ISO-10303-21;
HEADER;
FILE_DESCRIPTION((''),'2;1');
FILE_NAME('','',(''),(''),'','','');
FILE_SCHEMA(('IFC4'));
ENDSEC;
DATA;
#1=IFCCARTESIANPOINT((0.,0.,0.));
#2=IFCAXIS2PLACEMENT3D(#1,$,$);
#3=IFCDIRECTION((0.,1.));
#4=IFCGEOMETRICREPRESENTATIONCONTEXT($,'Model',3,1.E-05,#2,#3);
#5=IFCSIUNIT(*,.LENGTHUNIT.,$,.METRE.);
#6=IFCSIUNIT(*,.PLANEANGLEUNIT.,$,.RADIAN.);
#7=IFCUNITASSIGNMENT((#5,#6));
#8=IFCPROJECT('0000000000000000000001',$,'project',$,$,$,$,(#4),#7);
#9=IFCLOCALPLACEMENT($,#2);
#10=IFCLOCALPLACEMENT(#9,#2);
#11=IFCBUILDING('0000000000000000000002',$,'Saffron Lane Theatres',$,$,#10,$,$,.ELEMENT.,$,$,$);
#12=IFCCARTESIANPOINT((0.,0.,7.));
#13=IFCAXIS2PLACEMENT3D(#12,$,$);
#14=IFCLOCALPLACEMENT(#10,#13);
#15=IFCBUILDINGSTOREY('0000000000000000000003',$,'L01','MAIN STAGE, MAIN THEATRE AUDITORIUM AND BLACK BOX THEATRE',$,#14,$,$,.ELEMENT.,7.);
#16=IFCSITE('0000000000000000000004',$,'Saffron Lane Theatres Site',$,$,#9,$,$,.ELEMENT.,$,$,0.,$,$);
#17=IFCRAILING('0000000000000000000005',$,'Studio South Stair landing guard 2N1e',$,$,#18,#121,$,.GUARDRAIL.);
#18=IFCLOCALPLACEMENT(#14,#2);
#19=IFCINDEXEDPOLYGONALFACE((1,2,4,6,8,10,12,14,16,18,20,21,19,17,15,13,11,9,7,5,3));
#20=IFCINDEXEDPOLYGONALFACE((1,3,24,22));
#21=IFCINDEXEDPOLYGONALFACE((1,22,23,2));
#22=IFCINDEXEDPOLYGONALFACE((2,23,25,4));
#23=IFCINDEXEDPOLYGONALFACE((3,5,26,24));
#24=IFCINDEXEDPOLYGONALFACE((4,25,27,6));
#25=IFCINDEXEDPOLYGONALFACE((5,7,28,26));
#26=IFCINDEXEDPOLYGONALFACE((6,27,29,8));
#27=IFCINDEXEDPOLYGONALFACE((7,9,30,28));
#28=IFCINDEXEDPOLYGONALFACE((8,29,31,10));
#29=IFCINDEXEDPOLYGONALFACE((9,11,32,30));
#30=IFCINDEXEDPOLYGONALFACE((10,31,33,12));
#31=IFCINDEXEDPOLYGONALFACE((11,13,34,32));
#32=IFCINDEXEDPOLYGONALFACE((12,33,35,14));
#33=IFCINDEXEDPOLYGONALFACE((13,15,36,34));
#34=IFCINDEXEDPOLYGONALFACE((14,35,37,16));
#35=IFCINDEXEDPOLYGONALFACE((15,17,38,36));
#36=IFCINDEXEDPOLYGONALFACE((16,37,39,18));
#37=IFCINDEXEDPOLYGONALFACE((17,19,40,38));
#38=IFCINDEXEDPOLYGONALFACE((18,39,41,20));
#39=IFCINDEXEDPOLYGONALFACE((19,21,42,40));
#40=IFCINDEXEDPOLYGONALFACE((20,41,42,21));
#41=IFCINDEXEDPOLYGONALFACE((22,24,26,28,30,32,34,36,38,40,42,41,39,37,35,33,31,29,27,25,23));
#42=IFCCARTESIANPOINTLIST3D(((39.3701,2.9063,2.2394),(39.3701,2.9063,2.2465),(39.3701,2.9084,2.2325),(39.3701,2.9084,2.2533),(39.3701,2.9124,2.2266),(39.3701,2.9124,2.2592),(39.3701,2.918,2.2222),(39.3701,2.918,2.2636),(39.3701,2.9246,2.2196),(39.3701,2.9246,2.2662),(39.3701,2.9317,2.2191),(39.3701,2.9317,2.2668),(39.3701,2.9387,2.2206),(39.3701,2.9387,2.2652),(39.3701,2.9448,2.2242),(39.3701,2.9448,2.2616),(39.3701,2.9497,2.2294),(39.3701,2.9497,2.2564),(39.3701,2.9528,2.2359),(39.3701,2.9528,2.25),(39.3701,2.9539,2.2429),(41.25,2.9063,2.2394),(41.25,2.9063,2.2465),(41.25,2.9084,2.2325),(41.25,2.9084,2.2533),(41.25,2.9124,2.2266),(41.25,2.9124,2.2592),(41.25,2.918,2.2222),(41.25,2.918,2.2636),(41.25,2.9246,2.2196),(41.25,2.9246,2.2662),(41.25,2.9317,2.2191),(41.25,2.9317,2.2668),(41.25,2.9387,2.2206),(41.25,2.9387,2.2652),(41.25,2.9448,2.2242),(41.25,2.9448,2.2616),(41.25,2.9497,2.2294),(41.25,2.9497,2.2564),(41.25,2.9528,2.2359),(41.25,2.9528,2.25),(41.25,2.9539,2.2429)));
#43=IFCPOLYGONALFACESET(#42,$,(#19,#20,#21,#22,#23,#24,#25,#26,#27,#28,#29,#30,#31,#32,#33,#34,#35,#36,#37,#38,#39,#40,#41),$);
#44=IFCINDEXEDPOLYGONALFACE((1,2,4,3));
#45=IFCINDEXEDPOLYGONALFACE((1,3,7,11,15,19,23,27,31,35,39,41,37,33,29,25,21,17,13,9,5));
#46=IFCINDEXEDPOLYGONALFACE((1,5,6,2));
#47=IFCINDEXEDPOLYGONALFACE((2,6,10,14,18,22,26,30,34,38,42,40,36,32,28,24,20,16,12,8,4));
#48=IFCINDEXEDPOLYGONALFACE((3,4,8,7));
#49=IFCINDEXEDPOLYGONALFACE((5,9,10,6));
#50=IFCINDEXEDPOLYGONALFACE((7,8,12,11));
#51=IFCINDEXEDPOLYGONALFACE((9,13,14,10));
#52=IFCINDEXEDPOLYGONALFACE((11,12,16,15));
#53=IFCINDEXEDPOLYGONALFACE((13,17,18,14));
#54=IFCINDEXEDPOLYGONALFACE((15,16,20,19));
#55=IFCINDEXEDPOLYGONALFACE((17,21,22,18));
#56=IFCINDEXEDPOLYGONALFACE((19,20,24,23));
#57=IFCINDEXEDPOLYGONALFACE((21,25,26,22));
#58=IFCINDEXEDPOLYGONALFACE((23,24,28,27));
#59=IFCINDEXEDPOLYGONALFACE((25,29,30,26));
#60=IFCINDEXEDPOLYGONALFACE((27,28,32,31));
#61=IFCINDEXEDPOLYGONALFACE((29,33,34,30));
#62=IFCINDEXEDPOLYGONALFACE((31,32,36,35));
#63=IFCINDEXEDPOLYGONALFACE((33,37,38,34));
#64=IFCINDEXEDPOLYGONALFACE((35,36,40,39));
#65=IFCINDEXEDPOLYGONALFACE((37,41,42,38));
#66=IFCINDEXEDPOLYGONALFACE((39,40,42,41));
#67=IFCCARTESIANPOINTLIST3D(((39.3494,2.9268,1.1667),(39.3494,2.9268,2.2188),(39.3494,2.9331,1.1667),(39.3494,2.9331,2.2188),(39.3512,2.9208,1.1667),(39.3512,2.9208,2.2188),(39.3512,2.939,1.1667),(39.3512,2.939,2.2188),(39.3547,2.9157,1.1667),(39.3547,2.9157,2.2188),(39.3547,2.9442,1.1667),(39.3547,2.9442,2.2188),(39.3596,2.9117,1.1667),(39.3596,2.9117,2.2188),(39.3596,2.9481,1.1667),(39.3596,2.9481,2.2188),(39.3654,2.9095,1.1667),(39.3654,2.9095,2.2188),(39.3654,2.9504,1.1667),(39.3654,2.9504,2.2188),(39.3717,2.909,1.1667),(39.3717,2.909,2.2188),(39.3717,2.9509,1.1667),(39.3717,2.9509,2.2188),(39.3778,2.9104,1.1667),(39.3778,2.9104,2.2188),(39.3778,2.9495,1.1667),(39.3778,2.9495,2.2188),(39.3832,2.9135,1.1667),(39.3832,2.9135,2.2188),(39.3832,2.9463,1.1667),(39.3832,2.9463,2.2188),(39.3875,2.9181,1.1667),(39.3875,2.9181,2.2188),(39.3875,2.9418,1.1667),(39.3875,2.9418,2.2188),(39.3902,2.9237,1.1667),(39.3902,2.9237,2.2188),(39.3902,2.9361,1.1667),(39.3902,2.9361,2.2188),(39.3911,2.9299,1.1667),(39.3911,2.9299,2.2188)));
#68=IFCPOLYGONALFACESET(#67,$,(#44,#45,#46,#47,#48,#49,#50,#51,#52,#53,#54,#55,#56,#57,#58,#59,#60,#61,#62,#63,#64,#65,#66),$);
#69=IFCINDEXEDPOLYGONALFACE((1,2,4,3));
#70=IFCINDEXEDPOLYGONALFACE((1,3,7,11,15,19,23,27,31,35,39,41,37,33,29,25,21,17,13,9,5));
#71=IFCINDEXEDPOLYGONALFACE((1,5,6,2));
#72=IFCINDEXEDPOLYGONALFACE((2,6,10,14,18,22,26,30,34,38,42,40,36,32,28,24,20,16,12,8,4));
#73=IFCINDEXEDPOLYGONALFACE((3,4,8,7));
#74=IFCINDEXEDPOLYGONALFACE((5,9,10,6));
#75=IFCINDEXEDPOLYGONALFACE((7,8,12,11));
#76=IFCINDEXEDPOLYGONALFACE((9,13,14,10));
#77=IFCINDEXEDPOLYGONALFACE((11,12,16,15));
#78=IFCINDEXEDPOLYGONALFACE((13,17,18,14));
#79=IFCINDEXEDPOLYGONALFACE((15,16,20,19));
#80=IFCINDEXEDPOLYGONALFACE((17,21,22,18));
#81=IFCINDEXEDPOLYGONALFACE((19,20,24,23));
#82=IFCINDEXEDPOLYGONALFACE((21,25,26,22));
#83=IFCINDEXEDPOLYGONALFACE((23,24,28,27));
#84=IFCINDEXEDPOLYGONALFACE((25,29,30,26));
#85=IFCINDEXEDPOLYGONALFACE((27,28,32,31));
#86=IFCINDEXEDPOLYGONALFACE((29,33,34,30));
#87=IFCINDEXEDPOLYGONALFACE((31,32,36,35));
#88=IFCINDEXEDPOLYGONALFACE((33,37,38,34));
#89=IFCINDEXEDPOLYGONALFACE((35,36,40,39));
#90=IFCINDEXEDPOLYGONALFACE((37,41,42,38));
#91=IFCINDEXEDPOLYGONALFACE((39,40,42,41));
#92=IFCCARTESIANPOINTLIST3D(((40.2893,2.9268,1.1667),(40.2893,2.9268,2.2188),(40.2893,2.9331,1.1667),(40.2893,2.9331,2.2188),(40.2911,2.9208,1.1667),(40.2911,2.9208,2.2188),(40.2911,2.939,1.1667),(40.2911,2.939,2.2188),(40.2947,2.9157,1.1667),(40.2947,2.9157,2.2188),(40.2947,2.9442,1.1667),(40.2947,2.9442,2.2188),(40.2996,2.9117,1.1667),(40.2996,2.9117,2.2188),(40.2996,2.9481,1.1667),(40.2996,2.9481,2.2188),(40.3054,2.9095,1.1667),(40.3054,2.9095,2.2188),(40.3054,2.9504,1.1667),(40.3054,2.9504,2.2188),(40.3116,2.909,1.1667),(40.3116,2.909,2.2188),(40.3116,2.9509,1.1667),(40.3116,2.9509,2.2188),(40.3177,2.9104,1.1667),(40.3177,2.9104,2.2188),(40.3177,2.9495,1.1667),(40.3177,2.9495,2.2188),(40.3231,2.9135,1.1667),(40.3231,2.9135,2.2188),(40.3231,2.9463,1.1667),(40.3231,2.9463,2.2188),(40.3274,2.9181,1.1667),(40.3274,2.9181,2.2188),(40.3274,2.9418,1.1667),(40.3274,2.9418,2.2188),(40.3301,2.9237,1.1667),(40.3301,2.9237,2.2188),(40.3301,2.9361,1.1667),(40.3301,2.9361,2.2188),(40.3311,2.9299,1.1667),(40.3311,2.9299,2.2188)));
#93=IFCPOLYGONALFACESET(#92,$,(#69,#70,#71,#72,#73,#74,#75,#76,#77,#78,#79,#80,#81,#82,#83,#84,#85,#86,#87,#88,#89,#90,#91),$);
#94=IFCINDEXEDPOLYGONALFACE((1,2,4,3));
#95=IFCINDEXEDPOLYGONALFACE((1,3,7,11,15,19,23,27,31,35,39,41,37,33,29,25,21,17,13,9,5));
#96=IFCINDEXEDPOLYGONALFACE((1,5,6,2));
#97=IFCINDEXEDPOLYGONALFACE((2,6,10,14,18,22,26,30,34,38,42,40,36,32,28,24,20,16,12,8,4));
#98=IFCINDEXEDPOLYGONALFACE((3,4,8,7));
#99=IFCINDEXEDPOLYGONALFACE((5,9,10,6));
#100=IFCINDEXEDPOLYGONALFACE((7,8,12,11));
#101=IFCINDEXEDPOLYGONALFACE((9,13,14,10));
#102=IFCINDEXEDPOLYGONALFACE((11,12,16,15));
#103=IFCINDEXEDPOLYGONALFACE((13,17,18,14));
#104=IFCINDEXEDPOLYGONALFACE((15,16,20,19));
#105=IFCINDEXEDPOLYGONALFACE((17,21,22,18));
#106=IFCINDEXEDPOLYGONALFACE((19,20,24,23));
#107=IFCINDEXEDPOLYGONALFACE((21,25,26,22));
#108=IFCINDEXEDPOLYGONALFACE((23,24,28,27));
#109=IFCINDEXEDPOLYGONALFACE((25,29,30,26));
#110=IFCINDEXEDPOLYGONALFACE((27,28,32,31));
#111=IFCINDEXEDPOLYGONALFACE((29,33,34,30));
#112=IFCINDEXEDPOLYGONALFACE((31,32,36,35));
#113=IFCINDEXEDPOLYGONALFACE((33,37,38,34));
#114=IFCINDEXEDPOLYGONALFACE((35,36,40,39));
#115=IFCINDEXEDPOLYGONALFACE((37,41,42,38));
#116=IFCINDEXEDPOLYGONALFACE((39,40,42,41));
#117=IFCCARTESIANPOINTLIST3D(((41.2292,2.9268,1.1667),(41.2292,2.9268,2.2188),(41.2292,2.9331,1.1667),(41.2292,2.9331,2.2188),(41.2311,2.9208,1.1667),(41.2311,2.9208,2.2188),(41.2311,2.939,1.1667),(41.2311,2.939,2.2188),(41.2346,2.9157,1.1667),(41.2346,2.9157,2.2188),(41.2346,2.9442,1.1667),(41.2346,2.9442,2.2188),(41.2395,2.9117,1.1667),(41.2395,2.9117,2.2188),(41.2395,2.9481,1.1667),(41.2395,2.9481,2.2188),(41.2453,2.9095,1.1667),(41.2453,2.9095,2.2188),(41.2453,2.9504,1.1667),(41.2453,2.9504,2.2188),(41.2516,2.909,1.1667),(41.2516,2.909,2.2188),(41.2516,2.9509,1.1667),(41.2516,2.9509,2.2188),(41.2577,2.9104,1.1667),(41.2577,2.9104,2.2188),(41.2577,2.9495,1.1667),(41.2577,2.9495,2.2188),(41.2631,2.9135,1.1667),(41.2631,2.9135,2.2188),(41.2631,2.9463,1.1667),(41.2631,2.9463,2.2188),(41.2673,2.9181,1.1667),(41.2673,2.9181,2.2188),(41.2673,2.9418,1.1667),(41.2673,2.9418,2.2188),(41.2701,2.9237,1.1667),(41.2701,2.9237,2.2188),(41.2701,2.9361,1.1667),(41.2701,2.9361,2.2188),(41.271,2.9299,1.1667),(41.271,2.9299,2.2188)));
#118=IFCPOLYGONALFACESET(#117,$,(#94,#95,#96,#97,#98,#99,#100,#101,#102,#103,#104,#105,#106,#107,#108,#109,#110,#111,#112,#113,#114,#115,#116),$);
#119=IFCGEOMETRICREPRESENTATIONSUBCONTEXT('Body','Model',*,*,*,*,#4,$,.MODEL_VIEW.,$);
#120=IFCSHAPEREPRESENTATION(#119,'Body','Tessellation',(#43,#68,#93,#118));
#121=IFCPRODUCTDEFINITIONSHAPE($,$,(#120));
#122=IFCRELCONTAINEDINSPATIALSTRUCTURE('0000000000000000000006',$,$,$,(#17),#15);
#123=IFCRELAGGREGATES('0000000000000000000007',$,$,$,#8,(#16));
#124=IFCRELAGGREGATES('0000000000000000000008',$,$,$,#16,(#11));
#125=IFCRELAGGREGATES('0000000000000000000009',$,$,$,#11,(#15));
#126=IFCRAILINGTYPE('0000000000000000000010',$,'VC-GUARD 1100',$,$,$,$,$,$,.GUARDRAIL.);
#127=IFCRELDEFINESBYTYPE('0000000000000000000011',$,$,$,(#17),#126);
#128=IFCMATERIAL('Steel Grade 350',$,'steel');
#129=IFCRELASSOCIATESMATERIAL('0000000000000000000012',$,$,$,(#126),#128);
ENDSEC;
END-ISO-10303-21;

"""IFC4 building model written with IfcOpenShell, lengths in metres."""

from ifc_helpers import new_model, si_unit, direction, frame, origin, origin_2d, place, context, subcontext, project, spatial, circle, extrude, material, type_object, element, save


model = new_model("IFC4")

# Units and contexts
model_context = context("Model", 3, precision=1e-05, world=origin(), true_north=direction((0.0, 1.0)))
body_context = subcontext(model_context, "Body", "Model", "MODEL_VIEW")
ifc_project = project(units=[si_unit("LENGTHUNIT", "METRE"), si_unit("PLANEANGLEUNIT", "RADIAN")], contexts=[model_context])

# Site, building, storey
site_placement = place(None, origin())
site = spatial("IfcSite", under=ifc_project, at=site_placement, Name="Saffron Lane Theatres Site", CompositionType="ELEMENT", RefElevation=0.0)
building_placement = place(site_placement, origin())
building = spatial("IfcBuilding", under=site, at=building_placement, Name="Saffron Lane Theatres", CompositionType="ELEMENT")
storey_placement = place(building_placement, frame((0.0, 0.0, 7.0)))
storey = spatial("IfcBuildingStorey", under=building, at=storey_placement, Name="L01", Description="MAIN STAGE, MAIN THEATRE AUDITORIUM AND BLACK BOX THEATRE", CompositionType="ELEMENT", Elevation=7.0)

# Railing
ifc_material_1 = material(Name="Steel Grade 350", Category="steel")
railing_type_1 = type_object("IfcRailingType", Name="VC-GUARD 1100", PredefinedType="GUARDRAIL", material=ifc_material_1)
railing_1_placement = place(storey_placement, frame((39.3701, 2.9299, 1.1667)))
element("IfcRailing", 1, at=railing_1_placement, inside=storey, type_object=railing_type_1, Name="Studio South Stair landing guard 2N1e", PredefinedType="GUARDRAIL", context=body_context, shape_type="SweptSolid", body=[
    extrude(circle(Radius=0.0239, at=origin_2d()), frame((0.0, 0.0, 1.0762), z_axis=(1.0, 0.0, 0.0), x_axis=(0.0, 1.0, 0.0)), (0.0, 0.0, 1.0), 1.8799),
    extrude(circle(Radius=0.021, at=origin_2d()), origin(), (0.0, 0.0, 1.0), 1.052),
    extrude(circle(Radius=0.021, at=origin_2d()), frame((0.9399, 0.0, 0.0)), (0.0, 0.0, 1.0), 1.052),
    extrude(circle(Radius=0.021, at=origin_2d()), frame((1.8799, 0.0, 0.0)), (0.0, 0.0, 1.0), 1.052),
])

save(model, "model.ifc")
